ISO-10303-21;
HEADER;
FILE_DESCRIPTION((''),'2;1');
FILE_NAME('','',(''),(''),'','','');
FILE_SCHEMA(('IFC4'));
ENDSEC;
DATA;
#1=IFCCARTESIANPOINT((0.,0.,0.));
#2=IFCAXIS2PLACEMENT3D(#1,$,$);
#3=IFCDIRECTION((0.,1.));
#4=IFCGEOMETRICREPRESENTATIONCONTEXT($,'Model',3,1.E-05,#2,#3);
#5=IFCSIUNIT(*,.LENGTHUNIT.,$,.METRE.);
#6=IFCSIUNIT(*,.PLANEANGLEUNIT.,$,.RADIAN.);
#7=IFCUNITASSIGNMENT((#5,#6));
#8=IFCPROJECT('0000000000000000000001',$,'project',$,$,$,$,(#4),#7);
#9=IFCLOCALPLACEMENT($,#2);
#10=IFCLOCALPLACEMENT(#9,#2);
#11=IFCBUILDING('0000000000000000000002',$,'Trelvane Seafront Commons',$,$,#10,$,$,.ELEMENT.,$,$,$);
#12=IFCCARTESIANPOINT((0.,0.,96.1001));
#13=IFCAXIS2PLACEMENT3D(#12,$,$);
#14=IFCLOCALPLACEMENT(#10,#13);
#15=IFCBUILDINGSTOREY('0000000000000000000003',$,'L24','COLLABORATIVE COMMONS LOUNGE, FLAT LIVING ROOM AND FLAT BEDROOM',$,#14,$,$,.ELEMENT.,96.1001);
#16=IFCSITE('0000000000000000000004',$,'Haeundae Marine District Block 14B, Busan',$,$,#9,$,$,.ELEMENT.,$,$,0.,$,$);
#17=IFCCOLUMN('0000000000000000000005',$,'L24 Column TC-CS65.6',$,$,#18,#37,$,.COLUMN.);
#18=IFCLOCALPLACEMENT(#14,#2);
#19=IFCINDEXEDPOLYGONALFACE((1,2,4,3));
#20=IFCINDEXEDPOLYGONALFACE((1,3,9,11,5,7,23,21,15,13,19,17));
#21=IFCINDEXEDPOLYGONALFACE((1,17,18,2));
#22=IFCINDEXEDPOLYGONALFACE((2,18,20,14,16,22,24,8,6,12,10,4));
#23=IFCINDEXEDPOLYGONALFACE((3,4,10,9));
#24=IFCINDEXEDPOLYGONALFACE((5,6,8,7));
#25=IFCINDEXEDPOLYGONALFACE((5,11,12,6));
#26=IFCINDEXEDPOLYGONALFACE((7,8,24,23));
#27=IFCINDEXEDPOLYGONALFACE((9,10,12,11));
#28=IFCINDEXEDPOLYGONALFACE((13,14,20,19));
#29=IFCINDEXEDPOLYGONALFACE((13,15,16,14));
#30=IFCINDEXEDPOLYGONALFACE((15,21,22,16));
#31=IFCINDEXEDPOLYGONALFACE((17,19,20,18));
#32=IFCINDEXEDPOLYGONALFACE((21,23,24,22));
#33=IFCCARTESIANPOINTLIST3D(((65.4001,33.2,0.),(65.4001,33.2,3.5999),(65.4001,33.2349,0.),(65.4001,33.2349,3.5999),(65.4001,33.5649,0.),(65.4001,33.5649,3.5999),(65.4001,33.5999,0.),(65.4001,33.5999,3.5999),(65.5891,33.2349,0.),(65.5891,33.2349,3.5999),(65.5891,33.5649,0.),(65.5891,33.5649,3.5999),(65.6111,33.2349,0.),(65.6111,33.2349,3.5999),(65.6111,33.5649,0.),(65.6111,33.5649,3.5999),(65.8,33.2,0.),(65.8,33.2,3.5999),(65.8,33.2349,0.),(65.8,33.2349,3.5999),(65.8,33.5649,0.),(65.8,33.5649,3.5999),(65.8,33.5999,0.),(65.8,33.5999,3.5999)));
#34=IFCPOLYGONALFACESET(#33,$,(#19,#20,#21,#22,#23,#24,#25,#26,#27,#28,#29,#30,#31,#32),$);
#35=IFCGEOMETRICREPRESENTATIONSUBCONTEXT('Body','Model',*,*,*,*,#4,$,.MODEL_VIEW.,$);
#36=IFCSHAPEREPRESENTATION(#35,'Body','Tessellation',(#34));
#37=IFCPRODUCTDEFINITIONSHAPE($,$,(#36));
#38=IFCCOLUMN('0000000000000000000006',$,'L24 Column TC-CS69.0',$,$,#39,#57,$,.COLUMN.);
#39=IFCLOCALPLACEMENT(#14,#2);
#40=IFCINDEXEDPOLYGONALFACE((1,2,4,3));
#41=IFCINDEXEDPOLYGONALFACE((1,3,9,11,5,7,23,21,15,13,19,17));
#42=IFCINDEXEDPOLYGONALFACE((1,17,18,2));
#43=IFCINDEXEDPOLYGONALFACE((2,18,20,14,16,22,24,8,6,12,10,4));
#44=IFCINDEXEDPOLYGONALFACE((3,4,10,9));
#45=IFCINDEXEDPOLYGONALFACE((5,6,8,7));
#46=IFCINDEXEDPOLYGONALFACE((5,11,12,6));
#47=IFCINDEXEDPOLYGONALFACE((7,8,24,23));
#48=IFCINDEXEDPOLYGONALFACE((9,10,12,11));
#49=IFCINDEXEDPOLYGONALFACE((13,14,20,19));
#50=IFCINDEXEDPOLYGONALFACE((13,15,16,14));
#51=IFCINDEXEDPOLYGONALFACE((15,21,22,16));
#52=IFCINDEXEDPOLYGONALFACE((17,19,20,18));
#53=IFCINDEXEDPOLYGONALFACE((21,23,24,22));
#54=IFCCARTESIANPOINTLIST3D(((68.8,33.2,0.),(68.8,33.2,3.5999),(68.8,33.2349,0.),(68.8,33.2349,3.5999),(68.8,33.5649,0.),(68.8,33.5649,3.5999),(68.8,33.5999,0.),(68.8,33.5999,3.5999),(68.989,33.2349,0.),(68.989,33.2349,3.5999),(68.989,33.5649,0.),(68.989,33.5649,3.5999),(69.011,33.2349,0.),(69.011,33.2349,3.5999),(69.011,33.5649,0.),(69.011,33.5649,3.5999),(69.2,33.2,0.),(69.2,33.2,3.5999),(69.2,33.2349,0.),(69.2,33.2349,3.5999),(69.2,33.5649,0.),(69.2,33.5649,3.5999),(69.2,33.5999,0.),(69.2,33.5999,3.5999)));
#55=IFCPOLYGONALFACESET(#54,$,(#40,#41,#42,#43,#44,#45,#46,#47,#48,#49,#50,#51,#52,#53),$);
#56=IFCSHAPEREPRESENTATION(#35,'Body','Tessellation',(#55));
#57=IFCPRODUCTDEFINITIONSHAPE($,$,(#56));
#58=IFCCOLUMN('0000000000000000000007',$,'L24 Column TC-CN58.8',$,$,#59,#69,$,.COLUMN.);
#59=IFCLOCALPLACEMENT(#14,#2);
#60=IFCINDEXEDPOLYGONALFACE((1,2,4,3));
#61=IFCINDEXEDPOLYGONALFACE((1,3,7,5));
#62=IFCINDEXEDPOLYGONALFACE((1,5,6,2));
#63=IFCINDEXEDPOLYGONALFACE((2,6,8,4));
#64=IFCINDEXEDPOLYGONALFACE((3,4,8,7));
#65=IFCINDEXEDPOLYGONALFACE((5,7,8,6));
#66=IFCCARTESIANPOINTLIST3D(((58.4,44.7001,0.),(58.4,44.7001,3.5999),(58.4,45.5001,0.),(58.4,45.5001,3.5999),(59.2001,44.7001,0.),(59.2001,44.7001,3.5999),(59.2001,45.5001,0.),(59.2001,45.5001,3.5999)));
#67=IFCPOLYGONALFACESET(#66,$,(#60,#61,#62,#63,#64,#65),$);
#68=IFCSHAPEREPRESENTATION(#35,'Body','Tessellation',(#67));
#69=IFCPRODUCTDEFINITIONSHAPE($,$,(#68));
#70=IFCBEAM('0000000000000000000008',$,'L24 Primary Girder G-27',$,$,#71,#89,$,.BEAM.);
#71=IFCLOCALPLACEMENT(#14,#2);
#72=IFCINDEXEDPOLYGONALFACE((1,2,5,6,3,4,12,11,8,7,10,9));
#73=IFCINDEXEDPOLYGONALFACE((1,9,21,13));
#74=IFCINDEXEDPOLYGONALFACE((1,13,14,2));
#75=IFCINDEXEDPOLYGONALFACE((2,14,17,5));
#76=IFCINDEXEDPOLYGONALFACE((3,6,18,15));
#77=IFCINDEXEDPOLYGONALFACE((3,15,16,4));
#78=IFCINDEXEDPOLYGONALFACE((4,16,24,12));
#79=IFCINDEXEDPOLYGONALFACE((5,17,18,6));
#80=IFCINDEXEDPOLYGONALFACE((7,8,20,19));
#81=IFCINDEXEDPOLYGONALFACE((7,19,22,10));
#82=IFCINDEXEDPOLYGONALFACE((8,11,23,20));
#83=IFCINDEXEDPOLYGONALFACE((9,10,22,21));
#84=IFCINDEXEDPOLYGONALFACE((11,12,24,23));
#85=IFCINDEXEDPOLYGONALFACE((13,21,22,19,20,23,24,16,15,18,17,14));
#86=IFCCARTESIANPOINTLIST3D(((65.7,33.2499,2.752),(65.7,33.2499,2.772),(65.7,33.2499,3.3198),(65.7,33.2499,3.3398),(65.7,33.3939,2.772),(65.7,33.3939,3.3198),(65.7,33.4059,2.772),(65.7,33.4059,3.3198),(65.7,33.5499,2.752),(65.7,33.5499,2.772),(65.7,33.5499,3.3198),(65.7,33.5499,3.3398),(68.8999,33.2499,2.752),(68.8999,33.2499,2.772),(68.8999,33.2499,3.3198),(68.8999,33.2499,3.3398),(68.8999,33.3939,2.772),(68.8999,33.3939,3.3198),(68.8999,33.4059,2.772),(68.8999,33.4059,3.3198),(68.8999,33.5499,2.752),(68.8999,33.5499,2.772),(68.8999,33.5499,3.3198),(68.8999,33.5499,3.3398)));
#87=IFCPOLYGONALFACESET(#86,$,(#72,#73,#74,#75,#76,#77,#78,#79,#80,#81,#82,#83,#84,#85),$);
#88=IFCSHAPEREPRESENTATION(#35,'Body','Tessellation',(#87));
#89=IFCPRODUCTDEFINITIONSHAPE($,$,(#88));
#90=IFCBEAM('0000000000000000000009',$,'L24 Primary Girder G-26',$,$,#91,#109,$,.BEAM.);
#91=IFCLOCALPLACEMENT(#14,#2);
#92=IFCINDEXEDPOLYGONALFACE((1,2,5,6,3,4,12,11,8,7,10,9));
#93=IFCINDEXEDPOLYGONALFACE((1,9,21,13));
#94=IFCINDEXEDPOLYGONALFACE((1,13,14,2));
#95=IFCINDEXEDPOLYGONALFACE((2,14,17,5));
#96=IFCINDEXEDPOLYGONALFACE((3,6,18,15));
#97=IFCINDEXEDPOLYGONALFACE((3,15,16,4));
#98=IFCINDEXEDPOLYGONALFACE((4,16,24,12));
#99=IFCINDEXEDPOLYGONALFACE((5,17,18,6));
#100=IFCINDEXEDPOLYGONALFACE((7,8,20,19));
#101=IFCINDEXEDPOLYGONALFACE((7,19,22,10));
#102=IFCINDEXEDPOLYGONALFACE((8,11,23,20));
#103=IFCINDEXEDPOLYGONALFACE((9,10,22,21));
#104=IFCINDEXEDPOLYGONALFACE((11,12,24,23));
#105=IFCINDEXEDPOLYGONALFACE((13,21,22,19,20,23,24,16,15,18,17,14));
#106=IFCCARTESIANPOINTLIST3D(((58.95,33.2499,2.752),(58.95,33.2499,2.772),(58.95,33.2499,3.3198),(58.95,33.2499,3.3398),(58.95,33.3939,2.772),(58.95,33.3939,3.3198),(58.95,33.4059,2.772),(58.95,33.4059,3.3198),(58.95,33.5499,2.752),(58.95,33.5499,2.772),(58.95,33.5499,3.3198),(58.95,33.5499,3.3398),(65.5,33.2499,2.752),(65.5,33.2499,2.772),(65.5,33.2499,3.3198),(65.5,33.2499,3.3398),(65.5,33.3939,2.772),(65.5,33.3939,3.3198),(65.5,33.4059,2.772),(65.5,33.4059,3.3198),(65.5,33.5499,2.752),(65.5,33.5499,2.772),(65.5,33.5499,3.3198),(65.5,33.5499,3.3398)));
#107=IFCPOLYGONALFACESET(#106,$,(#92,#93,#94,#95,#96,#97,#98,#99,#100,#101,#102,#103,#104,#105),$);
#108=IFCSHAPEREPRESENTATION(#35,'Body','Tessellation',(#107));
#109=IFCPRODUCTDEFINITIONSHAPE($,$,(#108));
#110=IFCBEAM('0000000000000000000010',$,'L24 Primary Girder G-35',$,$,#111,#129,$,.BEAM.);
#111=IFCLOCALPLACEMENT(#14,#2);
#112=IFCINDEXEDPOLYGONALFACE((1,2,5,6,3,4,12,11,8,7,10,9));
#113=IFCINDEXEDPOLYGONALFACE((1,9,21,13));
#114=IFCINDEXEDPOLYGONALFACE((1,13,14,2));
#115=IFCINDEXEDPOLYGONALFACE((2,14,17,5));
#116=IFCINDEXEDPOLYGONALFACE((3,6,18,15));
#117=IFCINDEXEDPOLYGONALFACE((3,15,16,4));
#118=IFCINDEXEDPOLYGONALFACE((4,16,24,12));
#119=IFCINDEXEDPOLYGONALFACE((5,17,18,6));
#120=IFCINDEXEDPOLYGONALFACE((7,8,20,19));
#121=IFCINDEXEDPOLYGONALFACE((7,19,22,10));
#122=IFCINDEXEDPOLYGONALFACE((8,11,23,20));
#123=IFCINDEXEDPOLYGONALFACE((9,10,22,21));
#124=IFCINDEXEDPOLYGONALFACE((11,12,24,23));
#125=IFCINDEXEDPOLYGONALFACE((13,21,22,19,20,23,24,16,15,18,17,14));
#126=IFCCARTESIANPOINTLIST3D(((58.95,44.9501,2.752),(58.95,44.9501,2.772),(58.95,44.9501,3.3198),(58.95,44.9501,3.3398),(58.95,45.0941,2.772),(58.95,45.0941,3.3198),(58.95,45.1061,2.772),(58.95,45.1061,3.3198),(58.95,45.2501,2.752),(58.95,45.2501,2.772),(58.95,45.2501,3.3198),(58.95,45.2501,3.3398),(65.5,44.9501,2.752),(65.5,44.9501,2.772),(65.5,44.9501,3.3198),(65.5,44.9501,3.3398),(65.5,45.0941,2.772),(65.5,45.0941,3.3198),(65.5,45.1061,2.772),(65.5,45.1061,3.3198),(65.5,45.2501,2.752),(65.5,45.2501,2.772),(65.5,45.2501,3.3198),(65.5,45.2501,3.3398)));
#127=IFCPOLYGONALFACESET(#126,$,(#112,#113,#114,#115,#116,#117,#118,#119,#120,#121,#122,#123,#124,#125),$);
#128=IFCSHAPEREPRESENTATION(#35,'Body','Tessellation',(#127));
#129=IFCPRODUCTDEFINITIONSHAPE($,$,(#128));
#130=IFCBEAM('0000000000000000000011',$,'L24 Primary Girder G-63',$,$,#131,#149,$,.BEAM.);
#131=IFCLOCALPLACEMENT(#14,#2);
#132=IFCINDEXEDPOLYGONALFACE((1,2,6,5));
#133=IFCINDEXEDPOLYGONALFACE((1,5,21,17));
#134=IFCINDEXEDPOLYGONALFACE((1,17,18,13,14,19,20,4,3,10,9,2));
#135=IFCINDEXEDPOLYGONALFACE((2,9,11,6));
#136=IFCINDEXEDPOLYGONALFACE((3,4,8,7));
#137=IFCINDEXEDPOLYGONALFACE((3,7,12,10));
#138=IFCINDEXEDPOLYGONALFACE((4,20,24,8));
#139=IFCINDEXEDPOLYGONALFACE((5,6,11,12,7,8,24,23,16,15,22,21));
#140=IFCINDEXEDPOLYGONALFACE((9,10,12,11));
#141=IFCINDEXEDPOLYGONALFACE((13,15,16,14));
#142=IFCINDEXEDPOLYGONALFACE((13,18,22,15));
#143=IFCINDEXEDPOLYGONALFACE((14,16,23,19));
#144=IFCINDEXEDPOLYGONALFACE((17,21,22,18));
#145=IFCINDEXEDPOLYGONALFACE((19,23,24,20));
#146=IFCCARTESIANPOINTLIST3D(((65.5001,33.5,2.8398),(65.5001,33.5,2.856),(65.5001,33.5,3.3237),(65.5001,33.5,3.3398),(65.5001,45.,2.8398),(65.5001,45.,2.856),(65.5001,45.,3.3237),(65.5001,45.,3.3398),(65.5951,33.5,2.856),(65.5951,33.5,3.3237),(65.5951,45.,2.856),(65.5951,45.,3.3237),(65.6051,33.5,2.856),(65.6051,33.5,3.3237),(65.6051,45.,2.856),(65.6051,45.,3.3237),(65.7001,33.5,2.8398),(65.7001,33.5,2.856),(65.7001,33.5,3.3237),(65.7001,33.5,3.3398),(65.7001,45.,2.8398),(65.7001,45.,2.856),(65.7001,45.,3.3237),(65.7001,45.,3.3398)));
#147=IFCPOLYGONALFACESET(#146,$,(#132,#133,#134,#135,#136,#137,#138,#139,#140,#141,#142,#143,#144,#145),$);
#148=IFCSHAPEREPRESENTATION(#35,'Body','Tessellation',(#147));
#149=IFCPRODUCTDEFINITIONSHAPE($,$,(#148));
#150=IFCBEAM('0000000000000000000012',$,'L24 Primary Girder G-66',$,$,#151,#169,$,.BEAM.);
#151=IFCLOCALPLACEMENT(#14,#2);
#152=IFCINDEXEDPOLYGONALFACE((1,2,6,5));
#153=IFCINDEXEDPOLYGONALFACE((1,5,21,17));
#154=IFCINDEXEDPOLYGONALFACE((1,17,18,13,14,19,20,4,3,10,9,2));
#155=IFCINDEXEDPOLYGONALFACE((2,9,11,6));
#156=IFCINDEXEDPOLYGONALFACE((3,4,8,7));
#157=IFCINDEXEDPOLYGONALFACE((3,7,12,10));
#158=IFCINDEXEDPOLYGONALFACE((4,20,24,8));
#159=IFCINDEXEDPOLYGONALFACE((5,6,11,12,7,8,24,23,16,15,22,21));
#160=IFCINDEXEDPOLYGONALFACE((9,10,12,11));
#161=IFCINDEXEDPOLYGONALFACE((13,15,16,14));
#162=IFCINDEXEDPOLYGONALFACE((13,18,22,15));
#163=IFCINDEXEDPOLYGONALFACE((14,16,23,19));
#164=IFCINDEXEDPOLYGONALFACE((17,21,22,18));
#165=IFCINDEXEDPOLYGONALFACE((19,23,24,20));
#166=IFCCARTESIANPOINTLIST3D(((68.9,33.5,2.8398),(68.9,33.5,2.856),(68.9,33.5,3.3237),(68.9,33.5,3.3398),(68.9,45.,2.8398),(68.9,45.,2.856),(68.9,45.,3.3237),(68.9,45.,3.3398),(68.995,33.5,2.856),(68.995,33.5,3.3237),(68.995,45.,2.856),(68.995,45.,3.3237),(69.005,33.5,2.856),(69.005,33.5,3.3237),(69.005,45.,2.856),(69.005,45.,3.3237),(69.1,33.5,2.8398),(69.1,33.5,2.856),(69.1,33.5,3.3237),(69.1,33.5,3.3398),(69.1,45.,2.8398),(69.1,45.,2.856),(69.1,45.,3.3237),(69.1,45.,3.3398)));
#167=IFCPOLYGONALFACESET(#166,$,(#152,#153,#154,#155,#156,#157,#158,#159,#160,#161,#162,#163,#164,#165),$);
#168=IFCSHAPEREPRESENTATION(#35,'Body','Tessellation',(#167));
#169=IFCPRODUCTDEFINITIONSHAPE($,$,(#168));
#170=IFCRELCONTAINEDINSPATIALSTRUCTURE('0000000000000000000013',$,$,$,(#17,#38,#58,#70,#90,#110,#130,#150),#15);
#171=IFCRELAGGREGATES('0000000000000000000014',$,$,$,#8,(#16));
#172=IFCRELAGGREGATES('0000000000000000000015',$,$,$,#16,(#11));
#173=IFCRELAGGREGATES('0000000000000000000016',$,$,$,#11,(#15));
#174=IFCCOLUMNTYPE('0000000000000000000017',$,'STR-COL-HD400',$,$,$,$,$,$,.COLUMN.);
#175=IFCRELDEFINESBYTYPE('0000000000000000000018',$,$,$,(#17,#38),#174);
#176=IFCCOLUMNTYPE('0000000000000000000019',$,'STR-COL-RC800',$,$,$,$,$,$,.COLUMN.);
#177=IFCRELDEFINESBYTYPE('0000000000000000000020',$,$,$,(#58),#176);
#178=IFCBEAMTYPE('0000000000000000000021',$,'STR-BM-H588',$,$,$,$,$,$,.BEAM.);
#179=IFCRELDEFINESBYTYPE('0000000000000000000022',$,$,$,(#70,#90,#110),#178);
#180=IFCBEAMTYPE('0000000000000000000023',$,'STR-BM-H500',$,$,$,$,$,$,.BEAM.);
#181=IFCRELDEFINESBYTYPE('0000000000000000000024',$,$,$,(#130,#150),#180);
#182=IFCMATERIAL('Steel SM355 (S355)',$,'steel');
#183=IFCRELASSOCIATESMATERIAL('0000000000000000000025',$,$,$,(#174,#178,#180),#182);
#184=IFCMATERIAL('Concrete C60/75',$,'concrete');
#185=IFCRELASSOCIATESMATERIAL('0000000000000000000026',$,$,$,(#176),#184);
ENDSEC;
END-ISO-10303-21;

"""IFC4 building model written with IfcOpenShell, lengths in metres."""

from ifc_helpers import new_model, si_unit, direction, frame, origin, origin_2d, place, context, subcontext, project, spatial, rectangle, i_section, extrude, source, transform, mapped, material, material_profile, profile_set, type_object, element, save


model = new_model("IFC4")

# Units and contexts
model_context = context("Model", 3, precision=1e-05, world=origin(), true_north=direction((0.0, 1.0)))
body_context = subcontext(model_context, "Body", "Model", "MODEL_VIEW")
ifc_project = project(units=[si_unit("LENGTHUNIT", "METRE"), si_unit("PLANEANGLEUNIT", "RADIAN")], contexts=[model_context])

# Site, building, storey
site_placement = place(None, origin())
site = spatial("IfcSite", under=ifc_project, at=site_placement, Name="Haeundae Marine District Block 14B, Busan", CompositionType="ELEMENT", RefElevation=0.0)
building_placement = place(site_placement, origin())
building = spatial("IfcBuilding", under=site, at=building_placement, Name="Trelvane Seafront Commons", CompositionType="ELEMENT")
storey_placement = place(building_placement, frame((0.0, 0.0, 96.1001)))
storey = spatial("IfcBuildingStorey", under=building, at=storey_placement, Name="L24", Description="COLLABORATIVE COMMONS LOUNGE, FLAT LIVING ROOM AND FLAT BEDROOM", CompositionType="ELEMENT", Elevation=96.1001)

# Columns
ifc_material_1 = material(Name="Steel SM355 (S355)", Category="steel")
ifc_material_profile_1 = material_profile(ifc_material_1, i_section(OverallWidth=0.3999, OverallDepth=0.3999, WebThickness=0.022, FlangeThickness=0.0349, at=origin_2d()), Name="HD-400x400x22x35")
ifc_profile_set_1 = profile_set([ifc_material_profile_1], Name="Steel SM355 (S355)")
column_type_1 = type_object("IfcColumnType", Name="STR-COL-HD400", PredefinedType="COLUMN", material=ifc_profile_set_1)
shared_shape_1 = source(origin(), body_context, "Body", "SweptSolid", [
    extrude(i_section(OverallWidth=0.3999, OverallDepth=0.3999, WebThickness=0.022, FlangeThickness=0.0349, at=origin_2d()), origin(), (0.0, 0.0, 1.0), 3.5999),
])
for number, where, z_axis, x_axis, name in (
    (1, (65.6001, 33.3999, 0.0), (0.0, 0.0, 1.0), (1.0, 0.0, 0.0), "L24 Column TC-CS65.6"),
    (2, (69.0, 33.3999, 0.0), (0.0, 0.0, 1.0), (1.0, 0.0, 0.0), "L24 Column TC-CS69.0"),
):
    element("IfcColumn", number, at=place(storey_placement, frame(where, z_axis=z_axis, x_axis=x_axis)), inside=storey, type_object=column_type_1, Name=name, PredefinedType="COLUMN", context=body_context, shape_type="MappedRepresentation", body=[
        mapped(shared_shape_1, transform((0.0, 0.0, 0.0), x_axis=(1.0, 0.0, 0.0), y_axis=(0.0, 1.0, 0.0), z_axis=(0.0, 0.0, 1.0), scale=1.0)),
    ])
ifc_material_2 = material(Name="Concrete C60/75", Category="concrete")
ifc_material_profile_2 = material_profile(ifc_material_2, rectangle(XDim=0.8, YDim=0.8, at=origin_2d()), Name="RC-800x800")
ifc_profile_set_2 = profile_set([ifc_material_profile_2], Name="Concrete C60/75")
column_type_2 = type_object("IfcColumnType", Name="STR-COL-RC800", PredefinedType="COLUMN", material=ifc_profile_set_2)
shared_shape_2 = source(origin(), body_context, "Body", "SweptSolid", [
    extrude(rectangle(XDim=0.8, YDim=0.8, at=origin_2d()), origin(), (0.0, 0.0, 1.0), 3.5999),
])
column_placement = place(storey_placement, frame((58.8, 45.1001, 0.0), z_axis=(0.0, 0.0, 1.0), x_axis=(1.0, 0.0, 0.0)))
element("IfcColumn", 3, at=column_placement, inside=storey, type_object=column_type_2, Name="L24 Column TC-CN58.8", PredefinedType="COLUMN", context=body_context, shape_type="MappedRepresentation", body=[
    mapped(shared_shape_2, transform((0.0, 0.0, 0.0), x_axis=(1.0, 0.0, 0.0), y_axis=(0.0, 1.0, 0.0), z_axis=(0.0, 0.0, 1.0), scale=1.0)),
])

# Beams
ifc_material_profile_3 = material_profile(ifc_material_1, i_section(OverallWidth=0.3, OverallDepth=0.5879, WebThickness=0.012, FlangeThickness=0.02, at=origin_2d()), Name="H-588x300x12x20")
ifc_profile_set_3 = profile_set([ifc_material_profile_3], Name="Steel SM355 (S355)")
beam_type_1 = type_object("IfcBeamType", Name="STR-BM-H588", PredefinedType="BEAM", material=ifc_profile_set_3)
shared_shape_3 = source(origin(), body_context, "Body", "SweptSolid", [
    extrude(i_section(OverallWidth=0.3, OverallDepth=0.5879, WebThickness=0.012, FlangeThickness=0.02, at=origin_2d()), origin(), (0.0, 0.0, 1.0), 3.2),
])
beam_1_placement = place(storey_placement, frame((65.7, 33.3999, 3.0459), z_axis=(1.0, 0.0, 0.0), x_axis=(0.0, 1.0, 0.0)))
element("IfcBeam", 4, at=beam_1_placement, inside=storey, type_object=beam_type_1, Name="L24 Primary Girder G-27", PredefinedType="BEAM", context=body_context, shape_type="MappedRepresentation", body=[
    mapped(shared_shape_3, transform((0.0, 0.0, 0.0), x_axis=(1.0, 0.0, 0.0), y_axis=(0.0, 1.0, 0.0), z_axis=(0.0, 0.0, 1.0), scale=1.0)),
])
shared_shape_4 = source(origin(), body_context, "Body", "SweptSolid", [
    extrude(i_section(OverallWidth=0.3, OverallDepth=0.5879, WebThickness=0.012, FlangeThickness=0.02, at=origin_2d()), origin(), (0.0, 0.0, 1.0), 6.55),
])
for number, where, z_axis, x_axis, name in (
    (5, (58.95, 33.3999, 3.0459), (1.0, 0.0, 0.0), (0.0, 1.0, 0.0), "L24 Primary Girder G-26"),
    (6, (58.95, 45.1001, 3.0459), (1.0, 0.0, 0.0), (0.0, 1.0, 0.0), "L24 Primary Girder G-35"),
):
    element("IfcBeam", number, at=place(storey_placement, frame(where, z_axis=z_axis, x_axis=x_axis)), inside=storey, type_object=beam_type_1, Name=name, PredefinedType="BEAM", context=body_context, shape_type="MappedRepresentation", body=[
        mapped(shared_shape_4, transform((0.0, 0.0, 0.0), x_axis=(1.0, 0.0, 0.0), y_axis=(0.0, 1.0, 0.0), z_axis=(0.0, 0.0, 1.0), scale=1.0)),
    ])
ifc_material_profile_4 = material_profile(ifc_material_1, i_section(OverallWidth=0.2, OverallDepth=0.5, WebThickness=0.01, FlangeThickness=0.0161, at=origin_2d()), Name="H-500x200x10x16")
ifc_profile_set_4 = profile_set([ifc_material_profile_4], Name="Steel SM355 (S355)")
beam_type_2 = type_object("IfcBeamType", Name="STR-BM-H500", PredefinedType="BEAM", material=ifc_profile_set_4)
shared_shape_5 = source(origin(), body_context, "Body", "SweptSolid", [
    extrude(i_section(OverallWidth=0.2, OverallDepth=0.5, WebThickness=0.01, FlangeThickness=0.0161, at=origin_2d()), origin(), (0.0, 0.0, 1.0), 11.5),
])
for number, where, z_axis, x_axis, name in (
    (7, (65.6001, 33.5, 3.0898), (0.0, 1.0, 0.0), (-1.0, 0.0, 0.0), "L24 Primary Girder G-63"),
    (8, (69.0, 33.5, 3.0898), (0.0, 1.0, 0.0), (-1.0, 0.0, 0.0), "L24 Primary Girder G-66"),
):
    element("IfcBeam", number, at=place(storey_placement, frame(where, z_axis=z_axis, x_axis=x_axis)), inside=storey, type_object=beam_type_2, Name=name, PredefinedType="BEAM", context=body_context, shape_type="MappedRepresentation", body=[
        mapped(shared_shape_5, transform((0.0, 0.0, 0.0), x_axis=(1.0, 0.0, 0.0), y_axis=(0.0, 1.0, 0.0), z_axis=(0.0, 0.0, 1.0), scale=1.0)),
    ])

save(model, "model.ifc")
